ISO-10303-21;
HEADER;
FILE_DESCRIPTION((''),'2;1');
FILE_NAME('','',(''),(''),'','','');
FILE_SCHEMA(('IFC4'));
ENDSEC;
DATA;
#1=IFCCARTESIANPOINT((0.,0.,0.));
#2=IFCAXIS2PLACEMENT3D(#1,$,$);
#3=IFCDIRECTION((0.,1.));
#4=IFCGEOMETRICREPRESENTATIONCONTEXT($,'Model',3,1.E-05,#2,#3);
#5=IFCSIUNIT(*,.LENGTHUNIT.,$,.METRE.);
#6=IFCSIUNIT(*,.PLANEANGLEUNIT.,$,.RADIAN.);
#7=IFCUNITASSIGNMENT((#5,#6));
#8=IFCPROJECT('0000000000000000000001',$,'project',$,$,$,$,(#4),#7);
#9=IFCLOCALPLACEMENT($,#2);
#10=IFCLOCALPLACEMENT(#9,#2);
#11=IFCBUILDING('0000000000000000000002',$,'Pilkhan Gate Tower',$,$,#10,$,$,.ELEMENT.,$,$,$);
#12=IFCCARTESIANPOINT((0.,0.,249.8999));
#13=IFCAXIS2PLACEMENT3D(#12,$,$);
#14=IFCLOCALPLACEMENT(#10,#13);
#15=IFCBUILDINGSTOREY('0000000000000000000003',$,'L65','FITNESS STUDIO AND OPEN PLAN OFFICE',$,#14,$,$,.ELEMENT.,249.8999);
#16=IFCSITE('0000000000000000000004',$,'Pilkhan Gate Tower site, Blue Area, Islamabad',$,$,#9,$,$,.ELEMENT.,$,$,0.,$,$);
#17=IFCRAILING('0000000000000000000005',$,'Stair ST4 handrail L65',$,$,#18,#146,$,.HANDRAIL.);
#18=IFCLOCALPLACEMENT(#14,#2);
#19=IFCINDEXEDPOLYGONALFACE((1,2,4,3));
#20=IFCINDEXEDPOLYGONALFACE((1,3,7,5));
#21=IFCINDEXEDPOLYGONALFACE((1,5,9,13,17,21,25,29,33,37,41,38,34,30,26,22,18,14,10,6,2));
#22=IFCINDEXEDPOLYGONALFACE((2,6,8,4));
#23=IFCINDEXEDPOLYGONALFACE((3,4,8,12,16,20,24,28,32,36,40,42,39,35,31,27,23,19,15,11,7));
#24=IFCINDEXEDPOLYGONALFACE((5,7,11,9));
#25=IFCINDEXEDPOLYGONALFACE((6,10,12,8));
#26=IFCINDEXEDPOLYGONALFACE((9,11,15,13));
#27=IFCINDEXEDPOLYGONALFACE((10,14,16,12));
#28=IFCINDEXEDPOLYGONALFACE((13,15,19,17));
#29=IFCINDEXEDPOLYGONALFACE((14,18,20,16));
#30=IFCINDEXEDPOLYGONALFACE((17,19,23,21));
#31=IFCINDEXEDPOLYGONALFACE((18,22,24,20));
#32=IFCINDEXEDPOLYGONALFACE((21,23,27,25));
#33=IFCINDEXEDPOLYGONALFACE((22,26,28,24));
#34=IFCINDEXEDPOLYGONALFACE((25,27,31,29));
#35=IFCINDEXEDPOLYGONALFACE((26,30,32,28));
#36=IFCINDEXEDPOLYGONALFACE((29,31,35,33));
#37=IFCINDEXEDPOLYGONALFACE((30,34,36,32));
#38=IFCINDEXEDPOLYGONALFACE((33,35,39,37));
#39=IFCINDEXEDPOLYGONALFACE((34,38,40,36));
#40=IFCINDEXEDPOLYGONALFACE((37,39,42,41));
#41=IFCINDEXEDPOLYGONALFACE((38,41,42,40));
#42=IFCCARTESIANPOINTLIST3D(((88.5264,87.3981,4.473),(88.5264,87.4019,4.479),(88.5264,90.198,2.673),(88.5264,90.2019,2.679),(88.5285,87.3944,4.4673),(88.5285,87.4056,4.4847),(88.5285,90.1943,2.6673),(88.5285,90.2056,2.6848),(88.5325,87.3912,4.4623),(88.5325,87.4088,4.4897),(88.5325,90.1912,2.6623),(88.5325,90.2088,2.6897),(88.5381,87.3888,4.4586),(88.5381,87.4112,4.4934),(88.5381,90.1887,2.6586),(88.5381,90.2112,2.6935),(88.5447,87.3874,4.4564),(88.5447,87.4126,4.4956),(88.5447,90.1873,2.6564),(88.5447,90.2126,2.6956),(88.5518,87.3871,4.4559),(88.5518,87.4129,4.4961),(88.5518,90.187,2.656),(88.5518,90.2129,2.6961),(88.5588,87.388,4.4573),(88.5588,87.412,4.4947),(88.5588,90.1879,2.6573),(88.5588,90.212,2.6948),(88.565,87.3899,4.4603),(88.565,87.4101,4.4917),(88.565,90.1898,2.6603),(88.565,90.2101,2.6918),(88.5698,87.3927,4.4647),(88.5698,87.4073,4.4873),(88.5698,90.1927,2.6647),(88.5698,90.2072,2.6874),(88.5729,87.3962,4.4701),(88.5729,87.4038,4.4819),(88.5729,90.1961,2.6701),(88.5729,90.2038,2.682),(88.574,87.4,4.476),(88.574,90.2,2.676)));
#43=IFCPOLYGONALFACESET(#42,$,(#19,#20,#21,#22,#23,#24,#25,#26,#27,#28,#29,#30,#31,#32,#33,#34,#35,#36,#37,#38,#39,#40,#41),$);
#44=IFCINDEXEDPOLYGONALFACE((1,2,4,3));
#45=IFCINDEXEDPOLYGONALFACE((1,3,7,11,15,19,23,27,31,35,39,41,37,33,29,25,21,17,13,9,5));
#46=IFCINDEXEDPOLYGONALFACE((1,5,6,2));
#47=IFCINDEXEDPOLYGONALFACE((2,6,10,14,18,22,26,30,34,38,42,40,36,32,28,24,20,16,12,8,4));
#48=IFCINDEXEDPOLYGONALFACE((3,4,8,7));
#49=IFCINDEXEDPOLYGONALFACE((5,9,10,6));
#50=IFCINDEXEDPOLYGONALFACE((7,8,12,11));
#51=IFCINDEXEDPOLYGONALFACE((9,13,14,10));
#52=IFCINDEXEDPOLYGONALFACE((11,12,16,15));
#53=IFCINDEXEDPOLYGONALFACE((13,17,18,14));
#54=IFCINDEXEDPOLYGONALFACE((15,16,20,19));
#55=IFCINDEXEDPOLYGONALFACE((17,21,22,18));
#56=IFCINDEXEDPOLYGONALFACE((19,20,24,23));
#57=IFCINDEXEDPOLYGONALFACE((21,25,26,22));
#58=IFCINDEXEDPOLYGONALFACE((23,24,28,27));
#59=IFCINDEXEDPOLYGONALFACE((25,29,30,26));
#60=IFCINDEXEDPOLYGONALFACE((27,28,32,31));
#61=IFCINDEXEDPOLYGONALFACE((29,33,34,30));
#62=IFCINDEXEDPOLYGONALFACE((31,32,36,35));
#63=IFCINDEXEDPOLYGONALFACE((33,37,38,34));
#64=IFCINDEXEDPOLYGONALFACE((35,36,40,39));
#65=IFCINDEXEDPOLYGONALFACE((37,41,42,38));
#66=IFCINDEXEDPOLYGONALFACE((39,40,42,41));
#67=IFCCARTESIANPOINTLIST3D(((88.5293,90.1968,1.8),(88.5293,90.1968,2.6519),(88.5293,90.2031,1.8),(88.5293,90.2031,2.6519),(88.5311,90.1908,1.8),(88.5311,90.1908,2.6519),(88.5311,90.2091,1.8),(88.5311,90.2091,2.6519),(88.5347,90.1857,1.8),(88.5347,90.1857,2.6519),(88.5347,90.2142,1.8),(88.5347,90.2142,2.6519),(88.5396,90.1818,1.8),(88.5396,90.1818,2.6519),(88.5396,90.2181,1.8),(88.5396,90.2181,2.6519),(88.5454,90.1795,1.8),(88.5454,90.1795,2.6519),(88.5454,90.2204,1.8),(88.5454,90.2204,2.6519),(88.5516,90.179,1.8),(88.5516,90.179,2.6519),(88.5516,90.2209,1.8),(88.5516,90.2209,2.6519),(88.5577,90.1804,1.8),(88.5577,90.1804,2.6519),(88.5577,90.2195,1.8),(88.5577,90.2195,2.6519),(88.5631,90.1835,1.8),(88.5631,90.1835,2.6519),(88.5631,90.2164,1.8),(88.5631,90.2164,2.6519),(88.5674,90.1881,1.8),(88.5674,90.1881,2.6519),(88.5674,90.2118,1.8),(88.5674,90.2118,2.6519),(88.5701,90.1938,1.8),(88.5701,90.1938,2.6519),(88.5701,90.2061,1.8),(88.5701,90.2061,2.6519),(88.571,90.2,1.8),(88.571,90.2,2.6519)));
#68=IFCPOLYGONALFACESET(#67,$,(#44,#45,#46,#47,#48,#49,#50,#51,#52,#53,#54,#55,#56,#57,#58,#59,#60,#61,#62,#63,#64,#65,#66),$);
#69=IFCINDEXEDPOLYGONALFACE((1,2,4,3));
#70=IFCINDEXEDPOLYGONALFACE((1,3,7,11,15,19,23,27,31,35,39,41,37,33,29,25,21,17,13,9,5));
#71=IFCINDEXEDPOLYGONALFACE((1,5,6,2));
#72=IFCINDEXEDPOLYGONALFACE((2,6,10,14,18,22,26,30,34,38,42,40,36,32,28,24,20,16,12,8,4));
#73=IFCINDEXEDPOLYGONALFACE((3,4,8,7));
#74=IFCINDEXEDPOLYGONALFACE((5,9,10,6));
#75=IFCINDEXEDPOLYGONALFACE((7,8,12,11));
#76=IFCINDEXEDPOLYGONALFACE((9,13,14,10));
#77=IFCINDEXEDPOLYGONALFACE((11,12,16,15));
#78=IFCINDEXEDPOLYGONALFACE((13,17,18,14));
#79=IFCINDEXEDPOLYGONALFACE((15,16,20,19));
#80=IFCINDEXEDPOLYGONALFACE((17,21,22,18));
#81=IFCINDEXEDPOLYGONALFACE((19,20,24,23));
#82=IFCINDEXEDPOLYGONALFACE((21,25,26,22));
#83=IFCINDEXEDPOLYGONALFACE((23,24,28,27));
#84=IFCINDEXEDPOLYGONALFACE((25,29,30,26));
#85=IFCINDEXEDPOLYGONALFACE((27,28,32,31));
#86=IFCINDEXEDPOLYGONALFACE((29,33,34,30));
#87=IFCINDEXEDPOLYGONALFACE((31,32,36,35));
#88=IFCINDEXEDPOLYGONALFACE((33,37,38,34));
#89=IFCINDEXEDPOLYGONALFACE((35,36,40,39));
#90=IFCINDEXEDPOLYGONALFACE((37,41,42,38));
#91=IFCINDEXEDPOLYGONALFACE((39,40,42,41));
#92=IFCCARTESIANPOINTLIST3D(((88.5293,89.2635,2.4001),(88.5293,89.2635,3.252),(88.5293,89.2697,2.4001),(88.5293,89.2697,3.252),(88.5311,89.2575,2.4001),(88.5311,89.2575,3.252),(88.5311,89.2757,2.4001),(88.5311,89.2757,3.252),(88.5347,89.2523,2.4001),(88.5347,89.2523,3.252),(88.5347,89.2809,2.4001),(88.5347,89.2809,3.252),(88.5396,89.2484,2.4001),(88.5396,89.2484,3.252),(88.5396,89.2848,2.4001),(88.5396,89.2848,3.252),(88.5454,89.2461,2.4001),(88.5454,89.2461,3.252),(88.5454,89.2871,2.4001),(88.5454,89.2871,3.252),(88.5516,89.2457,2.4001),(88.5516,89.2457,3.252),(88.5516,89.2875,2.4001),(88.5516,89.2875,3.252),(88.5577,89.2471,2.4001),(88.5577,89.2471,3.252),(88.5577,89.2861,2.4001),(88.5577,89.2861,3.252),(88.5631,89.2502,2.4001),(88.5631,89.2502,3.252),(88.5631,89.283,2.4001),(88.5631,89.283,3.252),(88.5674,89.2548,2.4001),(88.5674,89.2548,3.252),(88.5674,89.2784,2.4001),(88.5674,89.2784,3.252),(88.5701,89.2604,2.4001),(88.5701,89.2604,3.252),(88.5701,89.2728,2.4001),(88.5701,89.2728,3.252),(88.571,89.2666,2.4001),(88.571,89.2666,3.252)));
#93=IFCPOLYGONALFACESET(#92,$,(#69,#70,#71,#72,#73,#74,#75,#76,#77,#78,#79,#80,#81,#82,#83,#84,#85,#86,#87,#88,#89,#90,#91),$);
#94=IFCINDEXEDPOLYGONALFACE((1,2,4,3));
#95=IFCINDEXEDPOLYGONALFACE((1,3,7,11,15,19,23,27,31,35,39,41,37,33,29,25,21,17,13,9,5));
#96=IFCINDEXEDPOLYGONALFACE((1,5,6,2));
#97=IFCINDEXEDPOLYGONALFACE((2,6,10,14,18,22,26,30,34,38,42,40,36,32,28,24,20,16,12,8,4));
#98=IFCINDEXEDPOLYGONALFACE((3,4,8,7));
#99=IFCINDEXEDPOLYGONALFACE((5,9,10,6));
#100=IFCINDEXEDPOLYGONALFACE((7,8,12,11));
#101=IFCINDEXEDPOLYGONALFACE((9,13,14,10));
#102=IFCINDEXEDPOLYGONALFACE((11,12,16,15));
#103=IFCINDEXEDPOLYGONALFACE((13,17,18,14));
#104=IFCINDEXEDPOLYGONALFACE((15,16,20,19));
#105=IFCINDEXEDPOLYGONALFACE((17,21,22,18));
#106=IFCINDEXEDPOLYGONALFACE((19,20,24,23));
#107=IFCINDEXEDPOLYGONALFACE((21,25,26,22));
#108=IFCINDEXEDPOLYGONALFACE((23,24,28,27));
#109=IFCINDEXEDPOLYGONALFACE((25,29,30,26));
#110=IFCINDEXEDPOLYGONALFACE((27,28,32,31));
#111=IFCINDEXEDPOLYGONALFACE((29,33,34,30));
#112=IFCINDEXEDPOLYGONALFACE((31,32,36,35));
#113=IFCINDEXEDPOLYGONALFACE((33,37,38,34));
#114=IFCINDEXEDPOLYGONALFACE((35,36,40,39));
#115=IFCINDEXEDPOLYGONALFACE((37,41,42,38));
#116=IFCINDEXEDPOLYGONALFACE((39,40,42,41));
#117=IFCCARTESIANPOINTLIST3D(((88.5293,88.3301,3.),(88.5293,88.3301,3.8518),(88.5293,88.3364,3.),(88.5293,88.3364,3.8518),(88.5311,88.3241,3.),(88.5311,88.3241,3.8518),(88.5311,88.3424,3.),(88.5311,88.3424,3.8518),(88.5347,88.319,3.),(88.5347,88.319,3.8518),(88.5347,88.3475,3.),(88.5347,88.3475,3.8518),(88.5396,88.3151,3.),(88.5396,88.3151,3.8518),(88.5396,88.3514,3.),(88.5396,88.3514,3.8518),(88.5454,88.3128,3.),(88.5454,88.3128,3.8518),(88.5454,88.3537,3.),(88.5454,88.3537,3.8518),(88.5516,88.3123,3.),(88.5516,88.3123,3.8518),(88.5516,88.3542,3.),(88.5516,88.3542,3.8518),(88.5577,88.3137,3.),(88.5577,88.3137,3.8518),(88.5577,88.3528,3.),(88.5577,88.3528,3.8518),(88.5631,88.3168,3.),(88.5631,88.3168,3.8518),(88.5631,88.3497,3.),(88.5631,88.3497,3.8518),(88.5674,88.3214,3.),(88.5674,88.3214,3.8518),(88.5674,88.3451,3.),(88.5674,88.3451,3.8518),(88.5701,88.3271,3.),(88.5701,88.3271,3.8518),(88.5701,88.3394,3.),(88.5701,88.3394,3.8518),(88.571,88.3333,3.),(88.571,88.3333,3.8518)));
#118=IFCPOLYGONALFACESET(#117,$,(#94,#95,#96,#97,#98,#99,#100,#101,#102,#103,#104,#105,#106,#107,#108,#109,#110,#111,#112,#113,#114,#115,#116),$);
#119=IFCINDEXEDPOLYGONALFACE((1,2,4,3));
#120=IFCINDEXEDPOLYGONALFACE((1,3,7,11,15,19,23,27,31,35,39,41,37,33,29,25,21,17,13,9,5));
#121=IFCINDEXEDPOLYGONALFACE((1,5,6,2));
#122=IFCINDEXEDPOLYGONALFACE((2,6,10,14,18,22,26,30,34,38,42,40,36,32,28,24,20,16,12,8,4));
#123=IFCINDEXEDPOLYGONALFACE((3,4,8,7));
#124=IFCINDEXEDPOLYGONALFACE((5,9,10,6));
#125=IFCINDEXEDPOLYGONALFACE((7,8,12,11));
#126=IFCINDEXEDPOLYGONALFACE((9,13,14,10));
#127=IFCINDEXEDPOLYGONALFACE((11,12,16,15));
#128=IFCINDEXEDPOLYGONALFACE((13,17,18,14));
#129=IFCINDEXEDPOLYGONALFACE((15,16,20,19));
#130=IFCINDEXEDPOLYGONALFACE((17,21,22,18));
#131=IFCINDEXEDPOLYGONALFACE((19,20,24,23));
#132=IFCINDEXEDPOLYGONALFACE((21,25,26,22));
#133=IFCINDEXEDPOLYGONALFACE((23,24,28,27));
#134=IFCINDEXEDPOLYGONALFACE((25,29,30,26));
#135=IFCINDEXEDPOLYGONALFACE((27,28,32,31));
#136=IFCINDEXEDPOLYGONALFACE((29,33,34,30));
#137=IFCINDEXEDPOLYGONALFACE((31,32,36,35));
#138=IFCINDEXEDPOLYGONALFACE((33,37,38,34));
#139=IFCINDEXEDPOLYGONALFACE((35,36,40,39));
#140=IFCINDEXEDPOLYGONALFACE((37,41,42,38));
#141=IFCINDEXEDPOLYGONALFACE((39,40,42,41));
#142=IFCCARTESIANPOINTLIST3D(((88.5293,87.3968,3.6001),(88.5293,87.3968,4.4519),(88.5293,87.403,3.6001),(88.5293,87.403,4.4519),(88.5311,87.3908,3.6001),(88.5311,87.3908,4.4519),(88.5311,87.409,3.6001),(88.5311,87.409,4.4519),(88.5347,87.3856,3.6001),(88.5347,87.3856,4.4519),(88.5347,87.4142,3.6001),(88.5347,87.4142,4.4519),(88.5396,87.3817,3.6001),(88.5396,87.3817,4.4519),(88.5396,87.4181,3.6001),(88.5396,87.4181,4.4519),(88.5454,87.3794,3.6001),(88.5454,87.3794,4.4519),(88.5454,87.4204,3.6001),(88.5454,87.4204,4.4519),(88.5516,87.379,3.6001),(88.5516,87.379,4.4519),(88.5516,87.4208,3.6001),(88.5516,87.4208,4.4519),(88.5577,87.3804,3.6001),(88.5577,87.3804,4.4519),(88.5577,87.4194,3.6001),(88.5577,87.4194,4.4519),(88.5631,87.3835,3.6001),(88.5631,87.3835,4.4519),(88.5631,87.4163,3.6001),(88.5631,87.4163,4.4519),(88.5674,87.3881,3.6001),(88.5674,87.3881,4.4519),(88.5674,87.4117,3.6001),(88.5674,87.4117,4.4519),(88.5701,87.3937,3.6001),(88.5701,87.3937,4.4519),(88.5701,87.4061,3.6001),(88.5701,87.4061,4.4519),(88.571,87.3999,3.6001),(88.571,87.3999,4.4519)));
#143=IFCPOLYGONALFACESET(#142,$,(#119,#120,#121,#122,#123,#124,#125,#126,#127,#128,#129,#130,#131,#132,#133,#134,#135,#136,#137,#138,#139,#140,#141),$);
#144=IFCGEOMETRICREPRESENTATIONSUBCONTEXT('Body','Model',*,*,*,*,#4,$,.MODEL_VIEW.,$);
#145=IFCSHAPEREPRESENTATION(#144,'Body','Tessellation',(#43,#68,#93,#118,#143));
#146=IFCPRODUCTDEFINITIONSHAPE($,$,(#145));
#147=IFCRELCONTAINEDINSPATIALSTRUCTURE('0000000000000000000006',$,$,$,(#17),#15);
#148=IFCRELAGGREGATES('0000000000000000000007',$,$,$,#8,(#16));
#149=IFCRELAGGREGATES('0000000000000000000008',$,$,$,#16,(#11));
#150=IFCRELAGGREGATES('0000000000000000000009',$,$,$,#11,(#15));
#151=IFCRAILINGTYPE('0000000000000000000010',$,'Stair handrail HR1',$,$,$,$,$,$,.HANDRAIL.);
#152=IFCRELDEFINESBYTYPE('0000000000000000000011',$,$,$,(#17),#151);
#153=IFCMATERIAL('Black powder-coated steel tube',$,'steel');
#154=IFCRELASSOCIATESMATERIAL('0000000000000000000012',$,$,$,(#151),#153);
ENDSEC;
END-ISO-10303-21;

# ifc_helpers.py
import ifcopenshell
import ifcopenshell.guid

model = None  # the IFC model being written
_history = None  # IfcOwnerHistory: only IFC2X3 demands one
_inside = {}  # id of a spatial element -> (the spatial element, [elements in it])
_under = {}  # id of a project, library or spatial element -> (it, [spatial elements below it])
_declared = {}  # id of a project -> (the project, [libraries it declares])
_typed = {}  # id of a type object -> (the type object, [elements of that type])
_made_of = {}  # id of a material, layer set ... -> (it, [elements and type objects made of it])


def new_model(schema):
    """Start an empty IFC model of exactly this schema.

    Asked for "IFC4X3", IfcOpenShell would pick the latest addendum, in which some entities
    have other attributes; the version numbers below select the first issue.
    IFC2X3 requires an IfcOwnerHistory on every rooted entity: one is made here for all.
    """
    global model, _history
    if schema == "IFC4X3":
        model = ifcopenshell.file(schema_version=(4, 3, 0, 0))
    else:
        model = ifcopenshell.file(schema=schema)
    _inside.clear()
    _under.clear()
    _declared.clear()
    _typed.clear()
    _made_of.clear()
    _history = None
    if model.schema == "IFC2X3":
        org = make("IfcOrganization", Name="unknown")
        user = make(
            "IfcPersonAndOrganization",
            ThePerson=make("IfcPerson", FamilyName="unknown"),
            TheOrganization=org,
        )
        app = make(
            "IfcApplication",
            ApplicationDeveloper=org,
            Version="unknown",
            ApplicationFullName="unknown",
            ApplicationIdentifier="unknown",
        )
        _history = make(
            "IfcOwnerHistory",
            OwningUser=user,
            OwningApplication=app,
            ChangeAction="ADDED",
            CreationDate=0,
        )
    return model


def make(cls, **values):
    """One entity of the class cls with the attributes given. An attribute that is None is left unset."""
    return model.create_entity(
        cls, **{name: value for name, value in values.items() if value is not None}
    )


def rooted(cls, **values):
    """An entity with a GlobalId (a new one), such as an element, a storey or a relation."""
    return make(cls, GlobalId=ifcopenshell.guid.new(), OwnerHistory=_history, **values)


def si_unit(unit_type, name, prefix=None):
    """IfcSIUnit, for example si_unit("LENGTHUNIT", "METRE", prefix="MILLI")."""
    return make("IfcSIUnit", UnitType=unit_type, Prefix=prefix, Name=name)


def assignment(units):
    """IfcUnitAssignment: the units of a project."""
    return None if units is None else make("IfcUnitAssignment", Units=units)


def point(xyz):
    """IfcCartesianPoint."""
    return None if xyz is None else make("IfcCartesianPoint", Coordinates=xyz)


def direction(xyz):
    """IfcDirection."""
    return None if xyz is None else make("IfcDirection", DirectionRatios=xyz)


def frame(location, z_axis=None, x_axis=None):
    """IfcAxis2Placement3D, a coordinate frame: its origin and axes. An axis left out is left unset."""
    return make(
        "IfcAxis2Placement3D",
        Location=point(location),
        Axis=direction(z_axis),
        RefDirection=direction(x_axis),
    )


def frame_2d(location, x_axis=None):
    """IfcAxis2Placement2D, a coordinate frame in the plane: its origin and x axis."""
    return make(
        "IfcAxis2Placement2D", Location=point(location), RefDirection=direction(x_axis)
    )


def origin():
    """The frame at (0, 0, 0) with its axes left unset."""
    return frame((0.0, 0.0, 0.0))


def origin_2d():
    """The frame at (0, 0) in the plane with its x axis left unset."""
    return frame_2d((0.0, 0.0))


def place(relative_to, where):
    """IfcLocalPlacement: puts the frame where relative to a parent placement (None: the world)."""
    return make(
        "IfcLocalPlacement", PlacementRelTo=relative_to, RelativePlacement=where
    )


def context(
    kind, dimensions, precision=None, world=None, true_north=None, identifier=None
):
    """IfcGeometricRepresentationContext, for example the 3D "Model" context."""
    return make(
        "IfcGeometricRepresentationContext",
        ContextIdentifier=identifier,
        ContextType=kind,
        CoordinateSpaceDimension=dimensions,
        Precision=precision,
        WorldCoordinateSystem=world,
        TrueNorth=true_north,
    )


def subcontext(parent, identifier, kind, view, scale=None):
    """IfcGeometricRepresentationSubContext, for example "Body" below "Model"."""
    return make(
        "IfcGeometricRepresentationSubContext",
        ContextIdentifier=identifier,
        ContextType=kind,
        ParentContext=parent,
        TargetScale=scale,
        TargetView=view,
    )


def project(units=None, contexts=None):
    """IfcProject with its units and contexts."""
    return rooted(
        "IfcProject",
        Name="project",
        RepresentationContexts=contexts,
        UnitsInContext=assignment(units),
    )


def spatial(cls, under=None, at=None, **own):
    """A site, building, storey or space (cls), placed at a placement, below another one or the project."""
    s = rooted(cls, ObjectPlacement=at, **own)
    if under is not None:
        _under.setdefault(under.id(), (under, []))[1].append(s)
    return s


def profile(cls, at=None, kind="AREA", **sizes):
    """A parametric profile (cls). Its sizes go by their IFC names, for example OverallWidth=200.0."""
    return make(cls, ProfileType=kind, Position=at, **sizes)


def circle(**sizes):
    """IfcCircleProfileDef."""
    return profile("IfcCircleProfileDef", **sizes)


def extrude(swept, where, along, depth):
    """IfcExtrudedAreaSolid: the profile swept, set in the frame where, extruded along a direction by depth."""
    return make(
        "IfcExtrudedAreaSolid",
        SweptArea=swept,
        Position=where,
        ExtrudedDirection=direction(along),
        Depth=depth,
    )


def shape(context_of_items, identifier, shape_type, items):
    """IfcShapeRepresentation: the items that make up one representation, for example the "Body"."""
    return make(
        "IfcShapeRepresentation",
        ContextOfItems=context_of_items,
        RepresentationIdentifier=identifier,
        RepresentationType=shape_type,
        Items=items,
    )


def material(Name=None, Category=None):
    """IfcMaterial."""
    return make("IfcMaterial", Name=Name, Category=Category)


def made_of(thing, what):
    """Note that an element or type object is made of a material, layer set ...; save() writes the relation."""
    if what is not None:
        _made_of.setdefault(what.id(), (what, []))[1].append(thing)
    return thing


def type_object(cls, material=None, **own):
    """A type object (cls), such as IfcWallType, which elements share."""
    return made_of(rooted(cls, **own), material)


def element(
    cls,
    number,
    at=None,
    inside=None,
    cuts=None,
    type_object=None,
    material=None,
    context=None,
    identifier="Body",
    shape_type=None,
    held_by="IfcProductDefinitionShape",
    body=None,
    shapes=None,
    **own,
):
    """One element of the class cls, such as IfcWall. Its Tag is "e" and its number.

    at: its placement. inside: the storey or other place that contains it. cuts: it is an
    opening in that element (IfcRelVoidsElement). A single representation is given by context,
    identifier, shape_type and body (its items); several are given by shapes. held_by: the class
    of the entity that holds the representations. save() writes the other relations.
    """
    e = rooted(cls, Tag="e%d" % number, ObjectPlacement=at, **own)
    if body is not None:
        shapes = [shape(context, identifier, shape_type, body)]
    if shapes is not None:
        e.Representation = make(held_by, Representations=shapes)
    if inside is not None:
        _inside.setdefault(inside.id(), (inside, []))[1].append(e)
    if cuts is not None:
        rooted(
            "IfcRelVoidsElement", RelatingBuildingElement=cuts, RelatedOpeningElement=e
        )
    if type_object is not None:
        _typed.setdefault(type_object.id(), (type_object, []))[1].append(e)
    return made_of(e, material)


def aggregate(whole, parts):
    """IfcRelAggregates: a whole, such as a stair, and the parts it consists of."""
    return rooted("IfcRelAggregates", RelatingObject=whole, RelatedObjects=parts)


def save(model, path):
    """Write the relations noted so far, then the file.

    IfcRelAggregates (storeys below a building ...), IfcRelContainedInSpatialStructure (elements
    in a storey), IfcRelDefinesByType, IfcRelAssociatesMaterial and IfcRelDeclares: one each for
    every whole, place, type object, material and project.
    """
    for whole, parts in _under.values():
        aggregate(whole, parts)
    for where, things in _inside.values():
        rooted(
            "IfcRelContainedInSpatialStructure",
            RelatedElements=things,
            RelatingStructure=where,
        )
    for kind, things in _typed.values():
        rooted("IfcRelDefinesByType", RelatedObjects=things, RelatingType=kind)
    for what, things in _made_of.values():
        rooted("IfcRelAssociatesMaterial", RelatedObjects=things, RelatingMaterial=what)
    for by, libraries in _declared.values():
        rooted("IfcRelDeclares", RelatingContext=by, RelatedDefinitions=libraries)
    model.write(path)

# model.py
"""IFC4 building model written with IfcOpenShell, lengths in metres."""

from ifc_helpers import new_model, si_unit, direction, frame, origin, origin_2d, place, context, subcontext, project, spatial, circle, extrude, material, type_object, element, save


model = new_model("IFC4")

# Units and contexts
model_context = context("Model", 3, precision=1e-05, world=origin(), true_north=direction((0.0, 1.0)))
body_context = subcontext(model_context, "Body", "Model", "MODEL_VIEW")
ifc_project = project(units=[si_unit("LENGTHUNIT", "METRE"), si_unit("PLANEANGLEUNIT", "RADIAN")], contexts=[model_context])

# Site, building, storey
site_placement = place(None, origin())
site = spatial("IfcSite", under=ifc_project, at=site_placement, Name="Pilkhan Gate Tower site, Blue Area, Islamabad", CompositionType="ELEMENT", RefElevation=0.0)
building_placement = place(site_placement, origin())
building = spatial("IfcBuilding", under=site, at=building_placement, Name="Pilkhan Gate Tower", CompositionType="ELEMENT")
storey_placement = place(building_placement, frame((0.0, 0.0, 249.8999)))
storey = spatial("IfcBuildingStorey", under=building, at=storey_placement, Name="L65", Description="FITNESS STUDIO AND OPEN PLAN OFFICE", CompositionType="ELEMENT", Elevation=249.8999)

# Railing
ifc_material_1 = material(Name="Black powder-coated steel tube", Category="steel")
railing_type_1 = type_object("IfcRailingType", Name="Stair handrail HR1", PredefinedType="HANDRAIL", material=ifc_material_1)
railing_1_placement = place(storey_placement, frame((88.55, 90.2, 1.8)))
element("IfcRailing", 1, at=railing_1_placement, inside=storey, type_object=railing_type_1, Name="Stair ST4 handrail L65", PredefinedType="HANDRAIL", context=body_context, shape_type="SweptSolid", body=[
    extrude(circle(Radius=0.0239, at=origin_2d()), frame((0.0, 0.0, 0.876), z_axis=(0.0, -0.841176, 0.540761), x_axis=(1.0, 0.0, 0.0)), (0.0, 0.0, 1.0), 3.3286),
    extrude(circle(Radius=0.021, at=origin_2d()), origin(), (0.0, 0.0, 1.0), 0.8518),
    extrude(circle(Radius=0.021, at=origin_2d()), frame((0.0, -0.9333, 0.6001)), (0.0, 0.0, 1.0), 0.8518),
    extrude(circle(Radius=0.021, at=origin_2d()), frame((0.0, -1.8667, 1.2)), (0.0, 0.0, 1.0), 0.8518),
    extrude(circle(Radius=0.021, at=origin_2d()), frame((0.0, -2.8, 1.8)), (0.0, 0.0, 1.0), 0.8518),
])

save(model, "model.ifc")
